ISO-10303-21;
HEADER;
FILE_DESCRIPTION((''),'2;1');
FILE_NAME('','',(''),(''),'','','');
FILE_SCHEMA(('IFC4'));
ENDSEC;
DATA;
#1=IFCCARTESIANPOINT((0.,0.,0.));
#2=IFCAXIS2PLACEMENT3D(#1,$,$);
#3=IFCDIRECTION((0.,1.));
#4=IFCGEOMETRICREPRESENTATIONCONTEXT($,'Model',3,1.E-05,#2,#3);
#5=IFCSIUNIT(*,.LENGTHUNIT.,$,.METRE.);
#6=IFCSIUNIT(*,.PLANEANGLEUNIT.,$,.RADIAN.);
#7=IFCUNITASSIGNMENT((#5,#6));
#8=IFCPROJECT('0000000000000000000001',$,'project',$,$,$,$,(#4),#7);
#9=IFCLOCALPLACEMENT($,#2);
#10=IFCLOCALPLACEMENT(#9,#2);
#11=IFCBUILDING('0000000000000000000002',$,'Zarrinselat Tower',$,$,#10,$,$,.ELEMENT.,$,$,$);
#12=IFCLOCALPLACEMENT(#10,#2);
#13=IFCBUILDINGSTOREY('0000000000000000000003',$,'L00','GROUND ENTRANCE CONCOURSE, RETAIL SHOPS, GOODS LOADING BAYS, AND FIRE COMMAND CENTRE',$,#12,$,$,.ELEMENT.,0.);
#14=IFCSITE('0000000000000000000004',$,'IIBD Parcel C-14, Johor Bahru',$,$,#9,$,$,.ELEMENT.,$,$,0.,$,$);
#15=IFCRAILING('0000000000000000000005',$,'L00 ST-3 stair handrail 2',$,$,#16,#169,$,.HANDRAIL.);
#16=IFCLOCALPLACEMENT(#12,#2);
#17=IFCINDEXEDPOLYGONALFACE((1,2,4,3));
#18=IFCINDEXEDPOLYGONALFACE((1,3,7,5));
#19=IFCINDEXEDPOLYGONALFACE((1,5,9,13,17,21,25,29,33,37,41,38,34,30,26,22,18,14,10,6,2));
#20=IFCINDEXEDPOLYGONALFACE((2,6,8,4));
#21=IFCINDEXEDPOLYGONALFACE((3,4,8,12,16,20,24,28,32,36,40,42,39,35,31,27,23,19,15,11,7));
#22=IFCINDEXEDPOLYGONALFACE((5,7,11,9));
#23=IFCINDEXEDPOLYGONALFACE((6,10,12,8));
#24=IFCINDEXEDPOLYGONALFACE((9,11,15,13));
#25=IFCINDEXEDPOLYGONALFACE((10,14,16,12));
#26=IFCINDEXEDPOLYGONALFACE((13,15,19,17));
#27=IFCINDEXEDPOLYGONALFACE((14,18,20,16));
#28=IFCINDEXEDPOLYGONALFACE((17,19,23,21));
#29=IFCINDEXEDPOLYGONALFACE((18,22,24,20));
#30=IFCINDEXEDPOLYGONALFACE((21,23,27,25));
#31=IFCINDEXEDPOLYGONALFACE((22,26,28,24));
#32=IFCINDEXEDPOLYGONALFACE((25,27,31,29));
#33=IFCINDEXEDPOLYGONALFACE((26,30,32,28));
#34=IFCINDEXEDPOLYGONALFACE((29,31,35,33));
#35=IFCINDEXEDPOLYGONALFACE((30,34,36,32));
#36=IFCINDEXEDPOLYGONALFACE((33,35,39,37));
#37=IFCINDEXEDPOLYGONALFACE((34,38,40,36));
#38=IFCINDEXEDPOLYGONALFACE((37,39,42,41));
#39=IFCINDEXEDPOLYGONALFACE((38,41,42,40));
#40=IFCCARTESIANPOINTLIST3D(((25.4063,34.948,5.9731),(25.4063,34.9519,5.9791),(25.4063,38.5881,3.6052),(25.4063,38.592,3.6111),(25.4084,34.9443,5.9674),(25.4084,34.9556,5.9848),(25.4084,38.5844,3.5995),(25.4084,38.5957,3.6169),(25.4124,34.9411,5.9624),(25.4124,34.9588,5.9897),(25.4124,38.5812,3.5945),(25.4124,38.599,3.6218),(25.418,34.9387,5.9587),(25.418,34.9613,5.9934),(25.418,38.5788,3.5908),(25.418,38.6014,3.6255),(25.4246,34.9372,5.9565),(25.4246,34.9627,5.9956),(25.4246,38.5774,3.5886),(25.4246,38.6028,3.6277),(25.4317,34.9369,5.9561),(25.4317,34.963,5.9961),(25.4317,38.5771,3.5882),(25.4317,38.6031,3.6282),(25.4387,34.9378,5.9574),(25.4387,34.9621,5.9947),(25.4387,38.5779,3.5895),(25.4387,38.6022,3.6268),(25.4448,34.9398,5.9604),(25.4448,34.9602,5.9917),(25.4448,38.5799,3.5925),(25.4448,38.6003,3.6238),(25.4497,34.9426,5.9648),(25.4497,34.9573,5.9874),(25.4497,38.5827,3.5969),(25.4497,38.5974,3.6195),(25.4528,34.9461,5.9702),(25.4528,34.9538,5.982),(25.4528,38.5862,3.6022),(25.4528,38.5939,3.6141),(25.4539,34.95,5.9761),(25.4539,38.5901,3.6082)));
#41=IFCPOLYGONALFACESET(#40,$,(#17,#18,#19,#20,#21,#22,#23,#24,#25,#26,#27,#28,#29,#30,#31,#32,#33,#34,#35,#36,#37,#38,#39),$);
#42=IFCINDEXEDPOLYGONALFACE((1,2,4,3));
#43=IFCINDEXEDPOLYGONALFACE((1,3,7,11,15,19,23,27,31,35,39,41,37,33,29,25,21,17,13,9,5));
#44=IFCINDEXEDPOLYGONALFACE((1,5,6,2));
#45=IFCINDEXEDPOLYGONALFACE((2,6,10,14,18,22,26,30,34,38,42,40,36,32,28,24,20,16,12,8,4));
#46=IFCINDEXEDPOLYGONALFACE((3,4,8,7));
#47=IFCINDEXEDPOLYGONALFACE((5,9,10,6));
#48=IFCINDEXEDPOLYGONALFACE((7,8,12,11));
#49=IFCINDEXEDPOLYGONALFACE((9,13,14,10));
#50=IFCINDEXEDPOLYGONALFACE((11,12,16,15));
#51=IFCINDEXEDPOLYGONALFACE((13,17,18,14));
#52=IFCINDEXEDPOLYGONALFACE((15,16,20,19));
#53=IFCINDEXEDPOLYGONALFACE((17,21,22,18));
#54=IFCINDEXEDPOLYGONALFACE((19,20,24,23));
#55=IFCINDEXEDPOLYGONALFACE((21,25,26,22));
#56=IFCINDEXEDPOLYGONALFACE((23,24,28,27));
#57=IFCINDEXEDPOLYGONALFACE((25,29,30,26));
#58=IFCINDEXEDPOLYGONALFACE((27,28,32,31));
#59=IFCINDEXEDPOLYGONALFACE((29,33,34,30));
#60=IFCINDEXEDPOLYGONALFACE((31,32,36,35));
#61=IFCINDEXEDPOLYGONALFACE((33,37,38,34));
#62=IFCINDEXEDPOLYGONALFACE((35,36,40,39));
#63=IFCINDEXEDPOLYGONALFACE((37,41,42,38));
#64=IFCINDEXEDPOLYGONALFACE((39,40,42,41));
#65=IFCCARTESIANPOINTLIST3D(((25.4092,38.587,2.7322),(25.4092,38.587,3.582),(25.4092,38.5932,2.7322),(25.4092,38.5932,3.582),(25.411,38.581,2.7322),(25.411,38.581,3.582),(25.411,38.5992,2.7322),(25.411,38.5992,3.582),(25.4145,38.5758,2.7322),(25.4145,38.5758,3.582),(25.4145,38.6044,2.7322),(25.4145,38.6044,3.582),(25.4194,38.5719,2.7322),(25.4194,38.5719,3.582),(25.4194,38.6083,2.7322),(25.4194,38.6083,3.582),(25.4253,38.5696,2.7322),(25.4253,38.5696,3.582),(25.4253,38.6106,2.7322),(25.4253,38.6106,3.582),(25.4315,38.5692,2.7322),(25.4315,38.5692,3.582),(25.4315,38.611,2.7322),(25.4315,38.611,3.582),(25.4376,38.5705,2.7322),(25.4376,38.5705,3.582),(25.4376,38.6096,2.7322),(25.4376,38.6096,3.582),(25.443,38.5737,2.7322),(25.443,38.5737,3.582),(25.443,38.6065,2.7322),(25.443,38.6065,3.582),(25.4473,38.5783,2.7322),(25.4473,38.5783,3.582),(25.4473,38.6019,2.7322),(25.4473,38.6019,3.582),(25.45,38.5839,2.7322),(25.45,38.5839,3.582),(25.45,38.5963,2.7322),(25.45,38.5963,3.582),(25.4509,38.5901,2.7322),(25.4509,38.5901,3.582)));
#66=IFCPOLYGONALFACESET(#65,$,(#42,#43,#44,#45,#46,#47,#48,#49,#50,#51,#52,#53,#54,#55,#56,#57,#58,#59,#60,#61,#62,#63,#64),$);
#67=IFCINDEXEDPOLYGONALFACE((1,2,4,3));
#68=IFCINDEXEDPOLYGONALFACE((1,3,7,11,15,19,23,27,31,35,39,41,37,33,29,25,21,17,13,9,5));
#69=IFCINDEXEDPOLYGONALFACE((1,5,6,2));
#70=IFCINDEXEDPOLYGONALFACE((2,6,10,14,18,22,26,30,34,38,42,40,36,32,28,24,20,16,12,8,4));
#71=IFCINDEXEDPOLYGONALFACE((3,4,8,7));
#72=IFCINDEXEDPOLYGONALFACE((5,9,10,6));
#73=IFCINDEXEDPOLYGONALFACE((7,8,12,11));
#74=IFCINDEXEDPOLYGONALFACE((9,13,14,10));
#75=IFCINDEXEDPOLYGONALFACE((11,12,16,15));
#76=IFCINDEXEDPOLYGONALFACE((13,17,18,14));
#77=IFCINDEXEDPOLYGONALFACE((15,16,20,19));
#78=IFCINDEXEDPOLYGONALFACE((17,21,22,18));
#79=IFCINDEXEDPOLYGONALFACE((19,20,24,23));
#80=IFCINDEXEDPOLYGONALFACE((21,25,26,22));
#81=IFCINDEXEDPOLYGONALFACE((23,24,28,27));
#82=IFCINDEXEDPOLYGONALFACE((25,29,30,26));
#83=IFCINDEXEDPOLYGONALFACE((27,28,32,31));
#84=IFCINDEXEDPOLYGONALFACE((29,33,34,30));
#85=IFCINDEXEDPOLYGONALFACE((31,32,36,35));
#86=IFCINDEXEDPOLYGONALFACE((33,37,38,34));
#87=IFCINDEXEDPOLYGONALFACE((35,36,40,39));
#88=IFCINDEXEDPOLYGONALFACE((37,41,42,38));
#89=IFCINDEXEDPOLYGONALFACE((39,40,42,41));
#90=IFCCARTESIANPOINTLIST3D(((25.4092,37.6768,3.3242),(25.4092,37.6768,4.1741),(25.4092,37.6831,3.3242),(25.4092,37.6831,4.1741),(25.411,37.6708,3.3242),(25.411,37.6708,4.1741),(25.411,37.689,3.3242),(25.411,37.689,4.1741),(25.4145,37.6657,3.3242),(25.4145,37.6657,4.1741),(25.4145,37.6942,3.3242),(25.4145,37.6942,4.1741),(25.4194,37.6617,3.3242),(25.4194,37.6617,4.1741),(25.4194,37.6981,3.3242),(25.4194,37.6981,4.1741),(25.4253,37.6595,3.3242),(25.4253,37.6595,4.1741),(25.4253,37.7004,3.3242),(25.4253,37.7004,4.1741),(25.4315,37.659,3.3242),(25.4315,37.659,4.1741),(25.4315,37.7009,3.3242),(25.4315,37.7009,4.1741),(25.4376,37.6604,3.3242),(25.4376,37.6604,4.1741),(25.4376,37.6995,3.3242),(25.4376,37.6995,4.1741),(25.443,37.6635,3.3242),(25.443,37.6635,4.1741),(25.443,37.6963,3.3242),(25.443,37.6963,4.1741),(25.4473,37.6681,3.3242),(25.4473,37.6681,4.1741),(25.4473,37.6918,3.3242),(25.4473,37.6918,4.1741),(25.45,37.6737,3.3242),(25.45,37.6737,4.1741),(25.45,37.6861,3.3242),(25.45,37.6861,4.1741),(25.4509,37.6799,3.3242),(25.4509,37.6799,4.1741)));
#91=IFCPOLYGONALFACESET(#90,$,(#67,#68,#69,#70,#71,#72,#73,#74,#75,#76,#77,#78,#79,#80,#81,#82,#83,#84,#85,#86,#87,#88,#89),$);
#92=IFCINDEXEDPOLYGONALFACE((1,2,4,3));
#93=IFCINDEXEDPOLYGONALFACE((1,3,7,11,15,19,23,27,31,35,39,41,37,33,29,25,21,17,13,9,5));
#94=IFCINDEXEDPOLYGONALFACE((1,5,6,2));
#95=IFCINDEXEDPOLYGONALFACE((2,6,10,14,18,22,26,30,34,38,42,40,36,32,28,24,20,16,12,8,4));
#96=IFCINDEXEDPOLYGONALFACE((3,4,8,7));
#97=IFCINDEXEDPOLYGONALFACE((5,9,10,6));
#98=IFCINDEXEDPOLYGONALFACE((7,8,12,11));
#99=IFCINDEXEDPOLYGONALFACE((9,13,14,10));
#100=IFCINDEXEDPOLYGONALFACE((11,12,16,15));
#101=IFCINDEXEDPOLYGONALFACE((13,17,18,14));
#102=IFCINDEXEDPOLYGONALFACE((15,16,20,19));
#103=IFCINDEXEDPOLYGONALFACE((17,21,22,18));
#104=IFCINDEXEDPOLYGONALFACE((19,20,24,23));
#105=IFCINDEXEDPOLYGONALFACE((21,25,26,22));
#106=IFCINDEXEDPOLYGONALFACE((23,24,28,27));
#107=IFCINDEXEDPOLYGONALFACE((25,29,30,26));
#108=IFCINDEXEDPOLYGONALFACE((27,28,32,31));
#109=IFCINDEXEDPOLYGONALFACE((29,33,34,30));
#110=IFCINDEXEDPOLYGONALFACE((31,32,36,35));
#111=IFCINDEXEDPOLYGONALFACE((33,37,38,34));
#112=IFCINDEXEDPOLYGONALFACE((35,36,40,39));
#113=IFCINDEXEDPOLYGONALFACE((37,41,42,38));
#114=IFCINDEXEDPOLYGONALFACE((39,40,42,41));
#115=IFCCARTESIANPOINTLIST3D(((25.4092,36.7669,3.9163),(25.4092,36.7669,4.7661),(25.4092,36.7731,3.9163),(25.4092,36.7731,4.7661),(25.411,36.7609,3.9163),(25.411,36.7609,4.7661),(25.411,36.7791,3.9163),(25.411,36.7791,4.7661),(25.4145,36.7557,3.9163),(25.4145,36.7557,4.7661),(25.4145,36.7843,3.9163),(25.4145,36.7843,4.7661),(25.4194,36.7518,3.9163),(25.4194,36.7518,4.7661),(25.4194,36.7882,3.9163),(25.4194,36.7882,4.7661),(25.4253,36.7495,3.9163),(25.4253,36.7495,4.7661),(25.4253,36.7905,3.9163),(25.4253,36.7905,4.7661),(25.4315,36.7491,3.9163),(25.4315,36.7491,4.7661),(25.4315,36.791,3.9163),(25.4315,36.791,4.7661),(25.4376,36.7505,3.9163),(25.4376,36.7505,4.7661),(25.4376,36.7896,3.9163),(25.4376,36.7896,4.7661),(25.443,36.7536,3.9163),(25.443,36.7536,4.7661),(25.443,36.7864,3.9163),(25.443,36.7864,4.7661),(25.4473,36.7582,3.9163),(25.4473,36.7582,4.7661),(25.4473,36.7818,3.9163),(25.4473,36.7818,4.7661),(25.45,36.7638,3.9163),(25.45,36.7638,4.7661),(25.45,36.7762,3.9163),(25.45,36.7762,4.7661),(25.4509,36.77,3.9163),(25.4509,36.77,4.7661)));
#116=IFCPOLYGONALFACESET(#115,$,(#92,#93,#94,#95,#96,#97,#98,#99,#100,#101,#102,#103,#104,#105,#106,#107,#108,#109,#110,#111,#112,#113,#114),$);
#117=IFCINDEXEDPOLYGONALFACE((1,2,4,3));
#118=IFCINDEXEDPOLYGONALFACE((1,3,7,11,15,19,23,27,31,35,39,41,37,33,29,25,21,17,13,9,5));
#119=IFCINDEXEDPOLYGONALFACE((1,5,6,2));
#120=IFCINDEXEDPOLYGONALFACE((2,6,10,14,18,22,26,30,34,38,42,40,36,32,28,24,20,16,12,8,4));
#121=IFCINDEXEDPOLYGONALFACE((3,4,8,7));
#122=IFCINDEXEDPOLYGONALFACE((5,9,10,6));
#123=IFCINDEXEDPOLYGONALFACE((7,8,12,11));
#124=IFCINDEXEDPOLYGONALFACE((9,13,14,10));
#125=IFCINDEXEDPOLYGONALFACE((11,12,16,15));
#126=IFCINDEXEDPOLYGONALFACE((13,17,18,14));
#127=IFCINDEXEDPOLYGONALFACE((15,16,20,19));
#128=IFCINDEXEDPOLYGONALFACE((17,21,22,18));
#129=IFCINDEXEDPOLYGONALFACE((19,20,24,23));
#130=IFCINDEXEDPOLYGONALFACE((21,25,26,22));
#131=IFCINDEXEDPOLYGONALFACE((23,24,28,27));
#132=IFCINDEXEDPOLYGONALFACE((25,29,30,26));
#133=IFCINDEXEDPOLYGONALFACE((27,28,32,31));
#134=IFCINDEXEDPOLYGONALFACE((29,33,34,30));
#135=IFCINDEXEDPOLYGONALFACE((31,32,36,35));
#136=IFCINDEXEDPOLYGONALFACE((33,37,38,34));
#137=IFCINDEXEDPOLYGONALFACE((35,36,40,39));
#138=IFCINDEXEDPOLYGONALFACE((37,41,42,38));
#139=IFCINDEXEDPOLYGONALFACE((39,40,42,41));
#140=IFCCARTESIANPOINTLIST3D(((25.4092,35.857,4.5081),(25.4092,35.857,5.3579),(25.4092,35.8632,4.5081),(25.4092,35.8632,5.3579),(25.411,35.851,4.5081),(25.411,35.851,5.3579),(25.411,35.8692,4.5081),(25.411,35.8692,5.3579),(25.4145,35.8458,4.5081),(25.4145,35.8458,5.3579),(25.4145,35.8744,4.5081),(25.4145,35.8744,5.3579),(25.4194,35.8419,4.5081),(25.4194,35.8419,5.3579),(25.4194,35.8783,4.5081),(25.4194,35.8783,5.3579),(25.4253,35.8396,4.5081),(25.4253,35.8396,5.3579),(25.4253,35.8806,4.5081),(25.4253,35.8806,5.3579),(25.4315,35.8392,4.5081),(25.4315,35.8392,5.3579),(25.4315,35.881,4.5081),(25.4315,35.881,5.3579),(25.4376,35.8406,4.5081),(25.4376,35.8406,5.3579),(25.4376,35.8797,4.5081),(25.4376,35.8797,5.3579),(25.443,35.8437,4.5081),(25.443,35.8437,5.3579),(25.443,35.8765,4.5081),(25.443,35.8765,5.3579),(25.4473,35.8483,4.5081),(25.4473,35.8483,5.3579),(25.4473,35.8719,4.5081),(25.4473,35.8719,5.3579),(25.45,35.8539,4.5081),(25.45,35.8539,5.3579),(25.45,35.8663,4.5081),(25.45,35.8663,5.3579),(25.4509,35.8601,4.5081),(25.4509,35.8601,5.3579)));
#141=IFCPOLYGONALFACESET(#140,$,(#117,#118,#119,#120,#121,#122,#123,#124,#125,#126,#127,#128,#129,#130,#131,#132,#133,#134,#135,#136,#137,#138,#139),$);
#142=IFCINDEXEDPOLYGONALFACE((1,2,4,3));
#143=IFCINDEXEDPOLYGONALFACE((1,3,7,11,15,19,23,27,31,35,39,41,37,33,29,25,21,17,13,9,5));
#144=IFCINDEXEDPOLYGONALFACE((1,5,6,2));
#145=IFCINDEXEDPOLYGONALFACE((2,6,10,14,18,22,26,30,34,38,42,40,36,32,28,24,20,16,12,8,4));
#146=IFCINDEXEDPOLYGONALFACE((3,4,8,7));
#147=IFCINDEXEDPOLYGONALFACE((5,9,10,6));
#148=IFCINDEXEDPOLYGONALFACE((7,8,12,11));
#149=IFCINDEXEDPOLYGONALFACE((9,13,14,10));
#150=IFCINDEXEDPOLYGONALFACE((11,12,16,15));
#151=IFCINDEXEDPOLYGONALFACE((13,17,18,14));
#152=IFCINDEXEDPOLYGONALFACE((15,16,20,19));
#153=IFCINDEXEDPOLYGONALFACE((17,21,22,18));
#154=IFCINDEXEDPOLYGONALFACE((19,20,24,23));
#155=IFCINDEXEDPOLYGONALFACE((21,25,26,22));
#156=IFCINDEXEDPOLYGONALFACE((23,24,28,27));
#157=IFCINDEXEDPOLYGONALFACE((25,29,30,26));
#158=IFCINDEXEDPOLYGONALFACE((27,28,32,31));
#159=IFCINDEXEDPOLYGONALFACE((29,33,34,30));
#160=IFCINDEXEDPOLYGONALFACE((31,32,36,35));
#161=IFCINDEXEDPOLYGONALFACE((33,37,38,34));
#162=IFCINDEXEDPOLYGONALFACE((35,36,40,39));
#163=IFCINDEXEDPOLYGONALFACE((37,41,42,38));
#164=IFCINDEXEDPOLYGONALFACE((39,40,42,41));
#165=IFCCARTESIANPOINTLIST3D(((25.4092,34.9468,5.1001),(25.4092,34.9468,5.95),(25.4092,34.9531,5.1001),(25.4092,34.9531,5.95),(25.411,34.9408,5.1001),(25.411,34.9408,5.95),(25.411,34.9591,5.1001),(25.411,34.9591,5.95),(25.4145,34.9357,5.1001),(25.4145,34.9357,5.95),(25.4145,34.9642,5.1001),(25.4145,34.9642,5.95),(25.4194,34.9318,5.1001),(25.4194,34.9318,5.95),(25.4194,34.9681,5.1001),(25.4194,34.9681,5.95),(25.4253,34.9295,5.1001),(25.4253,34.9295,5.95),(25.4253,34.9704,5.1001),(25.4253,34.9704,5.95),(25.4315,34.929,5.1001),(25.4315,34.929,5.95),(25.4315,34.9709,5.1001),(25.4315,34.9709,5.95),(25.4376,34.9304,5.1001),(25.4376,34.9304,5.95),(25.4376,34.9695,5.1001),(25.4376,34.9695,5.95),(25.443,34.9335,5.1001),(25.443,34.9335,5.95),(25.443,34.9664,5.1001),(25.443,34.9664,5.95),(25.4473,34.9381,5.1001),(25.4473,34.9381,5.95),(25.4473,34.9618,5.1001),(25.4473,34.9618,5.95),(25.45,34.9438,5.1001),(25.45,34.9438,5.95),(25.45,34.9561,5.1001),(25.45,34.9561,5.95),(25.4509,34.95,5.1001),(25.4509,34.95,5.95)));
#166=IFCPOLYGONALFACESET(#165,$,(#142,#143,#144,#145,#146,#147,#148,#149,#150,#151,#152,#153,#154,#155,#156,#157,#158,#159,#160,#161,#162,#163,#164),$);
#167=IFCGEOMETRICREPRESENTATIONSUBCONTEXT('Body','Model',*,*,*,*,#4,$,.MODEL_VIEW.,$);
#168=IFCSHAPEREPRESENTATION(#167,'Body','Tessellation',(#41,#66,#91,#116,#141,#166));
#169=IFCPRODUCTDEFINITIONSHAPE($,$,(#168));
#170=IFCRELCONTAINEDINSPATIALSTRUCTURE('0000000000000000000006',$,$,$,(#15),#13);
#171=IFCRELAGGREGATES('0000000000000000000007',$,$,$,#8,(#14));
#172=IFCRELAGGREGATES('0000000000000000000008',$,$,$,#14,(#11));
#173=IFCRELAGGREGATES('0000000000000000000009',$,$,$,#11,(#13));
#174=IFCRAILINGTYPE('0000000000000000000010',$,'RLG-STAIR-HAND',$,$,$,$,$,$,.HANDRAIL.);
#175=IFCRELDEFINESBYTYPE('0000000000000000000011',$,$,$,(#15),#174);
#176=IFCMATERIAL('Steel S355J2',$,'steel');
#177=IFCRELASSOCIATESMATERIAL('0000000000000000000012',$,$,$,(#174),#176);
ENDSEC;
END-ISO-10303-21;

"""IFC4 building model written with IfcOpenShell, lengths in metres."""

from ifc_helpers import new_model, si_unit, direction, frame, origin, origin_2d, place, context, subcontext, project, spatial, circle, extrude, material, type_object, element, save


model = new_model("IFC4")

# Units and contexts
model_context = context("Model", 3, precision=1e-05, world=origin(), true_north=direction((0.0, 1.0)))
body_context = subcontext(model_context, "Body", "Model", "MODEL_VIEW")
ifc_project = project(units=[si_unit("LENGTHUNIT", "METRE"), si_unit("PLANEANGLEUNIT", "RADIAN")], contexts=[model_context])

# Site, building, storey
site_placement = place(None, origin())
site = spatial("IfcSite", under=ifc_project, at=site_placement, Name="IIBD Parcel C-14, Johor Bahru", CompositionType="ELEMENT", RefElevation=0.0)
building_placement = place(site_placement, origin())
building = spatial("IfcBuilding", under=site, at=building_placement, Name="Zarrinselat Tower", CompositionType="ELEMENT")
storey_placement = place(building_placement, origin())
storey = spatial("IfcBuildingStorey", under=building, at=storey_placement, Name="L00", Description="GROUND ENTRANCE CONCOURSE, RETAIL SHOPS, GOODS LOADING BAYS, AND FIRE COMMAND CENTRE", CompositionType="ELEMENT", Elevation=0.0)

# Railing
ifc_material_1 = material(Name="Steel S355J2", Category="steel")
railing_type_1 = type_object("IfcRailingType", Name="RLG-STAIR-HAND", PredefinedType="HANDRAIL", material=ifc_material_1)
railing_1_placement = place(storey_placement, frame((25.4299, 38.5901, 2.7322)))
element("IfcRailing", 1, at=railing_1_placement, inside=storey, type_object=railing_type_1, Name="L00 ST-3 stair handrail 2", PredefinedType="HANDRAIL", context=body_context, shape_type="SweptSolid", body=[
    extrude(circle(Radius=0.0239, at=origin_2d()), frame((0.0, 0.0, 0.876), z_axis=(0.0, -0.838251, 0.545285), x_axis=(1.0, 0.0, 0.0)), (0.0, 0.0, 1.0), 4.3425),
    extrude(circle(Radius=0.021, at=origin_2d()), origin(), (0.0, 0.0, 1.0), 0.8499),
    extrude(circle(Radius=0.021, at=origin_2d()), frame((0.0, -0.9102, 0.592)), (0.0, 0.0, 1.0), 0.8499),
    extrude(circle(Radius=0.021, at=origin_2d()), frame((0.0, -1.8201, 1.1841)), (0.0, 0.0, 1.0), 0.8499),
    extrude(circle(Radius=0.021, at=origin_2d()), frame((0.0, -2.73, 1.7759)), (0.0, 0.0, 1.0), 0.8499),
    extrude(circle(Radius=0.021, at=origin_2d()), frame((0.0, -3.6401, 2.3679)), (0.0, 0.0, 1.0), 0.8499),
])

save(model, "model.ifc")
